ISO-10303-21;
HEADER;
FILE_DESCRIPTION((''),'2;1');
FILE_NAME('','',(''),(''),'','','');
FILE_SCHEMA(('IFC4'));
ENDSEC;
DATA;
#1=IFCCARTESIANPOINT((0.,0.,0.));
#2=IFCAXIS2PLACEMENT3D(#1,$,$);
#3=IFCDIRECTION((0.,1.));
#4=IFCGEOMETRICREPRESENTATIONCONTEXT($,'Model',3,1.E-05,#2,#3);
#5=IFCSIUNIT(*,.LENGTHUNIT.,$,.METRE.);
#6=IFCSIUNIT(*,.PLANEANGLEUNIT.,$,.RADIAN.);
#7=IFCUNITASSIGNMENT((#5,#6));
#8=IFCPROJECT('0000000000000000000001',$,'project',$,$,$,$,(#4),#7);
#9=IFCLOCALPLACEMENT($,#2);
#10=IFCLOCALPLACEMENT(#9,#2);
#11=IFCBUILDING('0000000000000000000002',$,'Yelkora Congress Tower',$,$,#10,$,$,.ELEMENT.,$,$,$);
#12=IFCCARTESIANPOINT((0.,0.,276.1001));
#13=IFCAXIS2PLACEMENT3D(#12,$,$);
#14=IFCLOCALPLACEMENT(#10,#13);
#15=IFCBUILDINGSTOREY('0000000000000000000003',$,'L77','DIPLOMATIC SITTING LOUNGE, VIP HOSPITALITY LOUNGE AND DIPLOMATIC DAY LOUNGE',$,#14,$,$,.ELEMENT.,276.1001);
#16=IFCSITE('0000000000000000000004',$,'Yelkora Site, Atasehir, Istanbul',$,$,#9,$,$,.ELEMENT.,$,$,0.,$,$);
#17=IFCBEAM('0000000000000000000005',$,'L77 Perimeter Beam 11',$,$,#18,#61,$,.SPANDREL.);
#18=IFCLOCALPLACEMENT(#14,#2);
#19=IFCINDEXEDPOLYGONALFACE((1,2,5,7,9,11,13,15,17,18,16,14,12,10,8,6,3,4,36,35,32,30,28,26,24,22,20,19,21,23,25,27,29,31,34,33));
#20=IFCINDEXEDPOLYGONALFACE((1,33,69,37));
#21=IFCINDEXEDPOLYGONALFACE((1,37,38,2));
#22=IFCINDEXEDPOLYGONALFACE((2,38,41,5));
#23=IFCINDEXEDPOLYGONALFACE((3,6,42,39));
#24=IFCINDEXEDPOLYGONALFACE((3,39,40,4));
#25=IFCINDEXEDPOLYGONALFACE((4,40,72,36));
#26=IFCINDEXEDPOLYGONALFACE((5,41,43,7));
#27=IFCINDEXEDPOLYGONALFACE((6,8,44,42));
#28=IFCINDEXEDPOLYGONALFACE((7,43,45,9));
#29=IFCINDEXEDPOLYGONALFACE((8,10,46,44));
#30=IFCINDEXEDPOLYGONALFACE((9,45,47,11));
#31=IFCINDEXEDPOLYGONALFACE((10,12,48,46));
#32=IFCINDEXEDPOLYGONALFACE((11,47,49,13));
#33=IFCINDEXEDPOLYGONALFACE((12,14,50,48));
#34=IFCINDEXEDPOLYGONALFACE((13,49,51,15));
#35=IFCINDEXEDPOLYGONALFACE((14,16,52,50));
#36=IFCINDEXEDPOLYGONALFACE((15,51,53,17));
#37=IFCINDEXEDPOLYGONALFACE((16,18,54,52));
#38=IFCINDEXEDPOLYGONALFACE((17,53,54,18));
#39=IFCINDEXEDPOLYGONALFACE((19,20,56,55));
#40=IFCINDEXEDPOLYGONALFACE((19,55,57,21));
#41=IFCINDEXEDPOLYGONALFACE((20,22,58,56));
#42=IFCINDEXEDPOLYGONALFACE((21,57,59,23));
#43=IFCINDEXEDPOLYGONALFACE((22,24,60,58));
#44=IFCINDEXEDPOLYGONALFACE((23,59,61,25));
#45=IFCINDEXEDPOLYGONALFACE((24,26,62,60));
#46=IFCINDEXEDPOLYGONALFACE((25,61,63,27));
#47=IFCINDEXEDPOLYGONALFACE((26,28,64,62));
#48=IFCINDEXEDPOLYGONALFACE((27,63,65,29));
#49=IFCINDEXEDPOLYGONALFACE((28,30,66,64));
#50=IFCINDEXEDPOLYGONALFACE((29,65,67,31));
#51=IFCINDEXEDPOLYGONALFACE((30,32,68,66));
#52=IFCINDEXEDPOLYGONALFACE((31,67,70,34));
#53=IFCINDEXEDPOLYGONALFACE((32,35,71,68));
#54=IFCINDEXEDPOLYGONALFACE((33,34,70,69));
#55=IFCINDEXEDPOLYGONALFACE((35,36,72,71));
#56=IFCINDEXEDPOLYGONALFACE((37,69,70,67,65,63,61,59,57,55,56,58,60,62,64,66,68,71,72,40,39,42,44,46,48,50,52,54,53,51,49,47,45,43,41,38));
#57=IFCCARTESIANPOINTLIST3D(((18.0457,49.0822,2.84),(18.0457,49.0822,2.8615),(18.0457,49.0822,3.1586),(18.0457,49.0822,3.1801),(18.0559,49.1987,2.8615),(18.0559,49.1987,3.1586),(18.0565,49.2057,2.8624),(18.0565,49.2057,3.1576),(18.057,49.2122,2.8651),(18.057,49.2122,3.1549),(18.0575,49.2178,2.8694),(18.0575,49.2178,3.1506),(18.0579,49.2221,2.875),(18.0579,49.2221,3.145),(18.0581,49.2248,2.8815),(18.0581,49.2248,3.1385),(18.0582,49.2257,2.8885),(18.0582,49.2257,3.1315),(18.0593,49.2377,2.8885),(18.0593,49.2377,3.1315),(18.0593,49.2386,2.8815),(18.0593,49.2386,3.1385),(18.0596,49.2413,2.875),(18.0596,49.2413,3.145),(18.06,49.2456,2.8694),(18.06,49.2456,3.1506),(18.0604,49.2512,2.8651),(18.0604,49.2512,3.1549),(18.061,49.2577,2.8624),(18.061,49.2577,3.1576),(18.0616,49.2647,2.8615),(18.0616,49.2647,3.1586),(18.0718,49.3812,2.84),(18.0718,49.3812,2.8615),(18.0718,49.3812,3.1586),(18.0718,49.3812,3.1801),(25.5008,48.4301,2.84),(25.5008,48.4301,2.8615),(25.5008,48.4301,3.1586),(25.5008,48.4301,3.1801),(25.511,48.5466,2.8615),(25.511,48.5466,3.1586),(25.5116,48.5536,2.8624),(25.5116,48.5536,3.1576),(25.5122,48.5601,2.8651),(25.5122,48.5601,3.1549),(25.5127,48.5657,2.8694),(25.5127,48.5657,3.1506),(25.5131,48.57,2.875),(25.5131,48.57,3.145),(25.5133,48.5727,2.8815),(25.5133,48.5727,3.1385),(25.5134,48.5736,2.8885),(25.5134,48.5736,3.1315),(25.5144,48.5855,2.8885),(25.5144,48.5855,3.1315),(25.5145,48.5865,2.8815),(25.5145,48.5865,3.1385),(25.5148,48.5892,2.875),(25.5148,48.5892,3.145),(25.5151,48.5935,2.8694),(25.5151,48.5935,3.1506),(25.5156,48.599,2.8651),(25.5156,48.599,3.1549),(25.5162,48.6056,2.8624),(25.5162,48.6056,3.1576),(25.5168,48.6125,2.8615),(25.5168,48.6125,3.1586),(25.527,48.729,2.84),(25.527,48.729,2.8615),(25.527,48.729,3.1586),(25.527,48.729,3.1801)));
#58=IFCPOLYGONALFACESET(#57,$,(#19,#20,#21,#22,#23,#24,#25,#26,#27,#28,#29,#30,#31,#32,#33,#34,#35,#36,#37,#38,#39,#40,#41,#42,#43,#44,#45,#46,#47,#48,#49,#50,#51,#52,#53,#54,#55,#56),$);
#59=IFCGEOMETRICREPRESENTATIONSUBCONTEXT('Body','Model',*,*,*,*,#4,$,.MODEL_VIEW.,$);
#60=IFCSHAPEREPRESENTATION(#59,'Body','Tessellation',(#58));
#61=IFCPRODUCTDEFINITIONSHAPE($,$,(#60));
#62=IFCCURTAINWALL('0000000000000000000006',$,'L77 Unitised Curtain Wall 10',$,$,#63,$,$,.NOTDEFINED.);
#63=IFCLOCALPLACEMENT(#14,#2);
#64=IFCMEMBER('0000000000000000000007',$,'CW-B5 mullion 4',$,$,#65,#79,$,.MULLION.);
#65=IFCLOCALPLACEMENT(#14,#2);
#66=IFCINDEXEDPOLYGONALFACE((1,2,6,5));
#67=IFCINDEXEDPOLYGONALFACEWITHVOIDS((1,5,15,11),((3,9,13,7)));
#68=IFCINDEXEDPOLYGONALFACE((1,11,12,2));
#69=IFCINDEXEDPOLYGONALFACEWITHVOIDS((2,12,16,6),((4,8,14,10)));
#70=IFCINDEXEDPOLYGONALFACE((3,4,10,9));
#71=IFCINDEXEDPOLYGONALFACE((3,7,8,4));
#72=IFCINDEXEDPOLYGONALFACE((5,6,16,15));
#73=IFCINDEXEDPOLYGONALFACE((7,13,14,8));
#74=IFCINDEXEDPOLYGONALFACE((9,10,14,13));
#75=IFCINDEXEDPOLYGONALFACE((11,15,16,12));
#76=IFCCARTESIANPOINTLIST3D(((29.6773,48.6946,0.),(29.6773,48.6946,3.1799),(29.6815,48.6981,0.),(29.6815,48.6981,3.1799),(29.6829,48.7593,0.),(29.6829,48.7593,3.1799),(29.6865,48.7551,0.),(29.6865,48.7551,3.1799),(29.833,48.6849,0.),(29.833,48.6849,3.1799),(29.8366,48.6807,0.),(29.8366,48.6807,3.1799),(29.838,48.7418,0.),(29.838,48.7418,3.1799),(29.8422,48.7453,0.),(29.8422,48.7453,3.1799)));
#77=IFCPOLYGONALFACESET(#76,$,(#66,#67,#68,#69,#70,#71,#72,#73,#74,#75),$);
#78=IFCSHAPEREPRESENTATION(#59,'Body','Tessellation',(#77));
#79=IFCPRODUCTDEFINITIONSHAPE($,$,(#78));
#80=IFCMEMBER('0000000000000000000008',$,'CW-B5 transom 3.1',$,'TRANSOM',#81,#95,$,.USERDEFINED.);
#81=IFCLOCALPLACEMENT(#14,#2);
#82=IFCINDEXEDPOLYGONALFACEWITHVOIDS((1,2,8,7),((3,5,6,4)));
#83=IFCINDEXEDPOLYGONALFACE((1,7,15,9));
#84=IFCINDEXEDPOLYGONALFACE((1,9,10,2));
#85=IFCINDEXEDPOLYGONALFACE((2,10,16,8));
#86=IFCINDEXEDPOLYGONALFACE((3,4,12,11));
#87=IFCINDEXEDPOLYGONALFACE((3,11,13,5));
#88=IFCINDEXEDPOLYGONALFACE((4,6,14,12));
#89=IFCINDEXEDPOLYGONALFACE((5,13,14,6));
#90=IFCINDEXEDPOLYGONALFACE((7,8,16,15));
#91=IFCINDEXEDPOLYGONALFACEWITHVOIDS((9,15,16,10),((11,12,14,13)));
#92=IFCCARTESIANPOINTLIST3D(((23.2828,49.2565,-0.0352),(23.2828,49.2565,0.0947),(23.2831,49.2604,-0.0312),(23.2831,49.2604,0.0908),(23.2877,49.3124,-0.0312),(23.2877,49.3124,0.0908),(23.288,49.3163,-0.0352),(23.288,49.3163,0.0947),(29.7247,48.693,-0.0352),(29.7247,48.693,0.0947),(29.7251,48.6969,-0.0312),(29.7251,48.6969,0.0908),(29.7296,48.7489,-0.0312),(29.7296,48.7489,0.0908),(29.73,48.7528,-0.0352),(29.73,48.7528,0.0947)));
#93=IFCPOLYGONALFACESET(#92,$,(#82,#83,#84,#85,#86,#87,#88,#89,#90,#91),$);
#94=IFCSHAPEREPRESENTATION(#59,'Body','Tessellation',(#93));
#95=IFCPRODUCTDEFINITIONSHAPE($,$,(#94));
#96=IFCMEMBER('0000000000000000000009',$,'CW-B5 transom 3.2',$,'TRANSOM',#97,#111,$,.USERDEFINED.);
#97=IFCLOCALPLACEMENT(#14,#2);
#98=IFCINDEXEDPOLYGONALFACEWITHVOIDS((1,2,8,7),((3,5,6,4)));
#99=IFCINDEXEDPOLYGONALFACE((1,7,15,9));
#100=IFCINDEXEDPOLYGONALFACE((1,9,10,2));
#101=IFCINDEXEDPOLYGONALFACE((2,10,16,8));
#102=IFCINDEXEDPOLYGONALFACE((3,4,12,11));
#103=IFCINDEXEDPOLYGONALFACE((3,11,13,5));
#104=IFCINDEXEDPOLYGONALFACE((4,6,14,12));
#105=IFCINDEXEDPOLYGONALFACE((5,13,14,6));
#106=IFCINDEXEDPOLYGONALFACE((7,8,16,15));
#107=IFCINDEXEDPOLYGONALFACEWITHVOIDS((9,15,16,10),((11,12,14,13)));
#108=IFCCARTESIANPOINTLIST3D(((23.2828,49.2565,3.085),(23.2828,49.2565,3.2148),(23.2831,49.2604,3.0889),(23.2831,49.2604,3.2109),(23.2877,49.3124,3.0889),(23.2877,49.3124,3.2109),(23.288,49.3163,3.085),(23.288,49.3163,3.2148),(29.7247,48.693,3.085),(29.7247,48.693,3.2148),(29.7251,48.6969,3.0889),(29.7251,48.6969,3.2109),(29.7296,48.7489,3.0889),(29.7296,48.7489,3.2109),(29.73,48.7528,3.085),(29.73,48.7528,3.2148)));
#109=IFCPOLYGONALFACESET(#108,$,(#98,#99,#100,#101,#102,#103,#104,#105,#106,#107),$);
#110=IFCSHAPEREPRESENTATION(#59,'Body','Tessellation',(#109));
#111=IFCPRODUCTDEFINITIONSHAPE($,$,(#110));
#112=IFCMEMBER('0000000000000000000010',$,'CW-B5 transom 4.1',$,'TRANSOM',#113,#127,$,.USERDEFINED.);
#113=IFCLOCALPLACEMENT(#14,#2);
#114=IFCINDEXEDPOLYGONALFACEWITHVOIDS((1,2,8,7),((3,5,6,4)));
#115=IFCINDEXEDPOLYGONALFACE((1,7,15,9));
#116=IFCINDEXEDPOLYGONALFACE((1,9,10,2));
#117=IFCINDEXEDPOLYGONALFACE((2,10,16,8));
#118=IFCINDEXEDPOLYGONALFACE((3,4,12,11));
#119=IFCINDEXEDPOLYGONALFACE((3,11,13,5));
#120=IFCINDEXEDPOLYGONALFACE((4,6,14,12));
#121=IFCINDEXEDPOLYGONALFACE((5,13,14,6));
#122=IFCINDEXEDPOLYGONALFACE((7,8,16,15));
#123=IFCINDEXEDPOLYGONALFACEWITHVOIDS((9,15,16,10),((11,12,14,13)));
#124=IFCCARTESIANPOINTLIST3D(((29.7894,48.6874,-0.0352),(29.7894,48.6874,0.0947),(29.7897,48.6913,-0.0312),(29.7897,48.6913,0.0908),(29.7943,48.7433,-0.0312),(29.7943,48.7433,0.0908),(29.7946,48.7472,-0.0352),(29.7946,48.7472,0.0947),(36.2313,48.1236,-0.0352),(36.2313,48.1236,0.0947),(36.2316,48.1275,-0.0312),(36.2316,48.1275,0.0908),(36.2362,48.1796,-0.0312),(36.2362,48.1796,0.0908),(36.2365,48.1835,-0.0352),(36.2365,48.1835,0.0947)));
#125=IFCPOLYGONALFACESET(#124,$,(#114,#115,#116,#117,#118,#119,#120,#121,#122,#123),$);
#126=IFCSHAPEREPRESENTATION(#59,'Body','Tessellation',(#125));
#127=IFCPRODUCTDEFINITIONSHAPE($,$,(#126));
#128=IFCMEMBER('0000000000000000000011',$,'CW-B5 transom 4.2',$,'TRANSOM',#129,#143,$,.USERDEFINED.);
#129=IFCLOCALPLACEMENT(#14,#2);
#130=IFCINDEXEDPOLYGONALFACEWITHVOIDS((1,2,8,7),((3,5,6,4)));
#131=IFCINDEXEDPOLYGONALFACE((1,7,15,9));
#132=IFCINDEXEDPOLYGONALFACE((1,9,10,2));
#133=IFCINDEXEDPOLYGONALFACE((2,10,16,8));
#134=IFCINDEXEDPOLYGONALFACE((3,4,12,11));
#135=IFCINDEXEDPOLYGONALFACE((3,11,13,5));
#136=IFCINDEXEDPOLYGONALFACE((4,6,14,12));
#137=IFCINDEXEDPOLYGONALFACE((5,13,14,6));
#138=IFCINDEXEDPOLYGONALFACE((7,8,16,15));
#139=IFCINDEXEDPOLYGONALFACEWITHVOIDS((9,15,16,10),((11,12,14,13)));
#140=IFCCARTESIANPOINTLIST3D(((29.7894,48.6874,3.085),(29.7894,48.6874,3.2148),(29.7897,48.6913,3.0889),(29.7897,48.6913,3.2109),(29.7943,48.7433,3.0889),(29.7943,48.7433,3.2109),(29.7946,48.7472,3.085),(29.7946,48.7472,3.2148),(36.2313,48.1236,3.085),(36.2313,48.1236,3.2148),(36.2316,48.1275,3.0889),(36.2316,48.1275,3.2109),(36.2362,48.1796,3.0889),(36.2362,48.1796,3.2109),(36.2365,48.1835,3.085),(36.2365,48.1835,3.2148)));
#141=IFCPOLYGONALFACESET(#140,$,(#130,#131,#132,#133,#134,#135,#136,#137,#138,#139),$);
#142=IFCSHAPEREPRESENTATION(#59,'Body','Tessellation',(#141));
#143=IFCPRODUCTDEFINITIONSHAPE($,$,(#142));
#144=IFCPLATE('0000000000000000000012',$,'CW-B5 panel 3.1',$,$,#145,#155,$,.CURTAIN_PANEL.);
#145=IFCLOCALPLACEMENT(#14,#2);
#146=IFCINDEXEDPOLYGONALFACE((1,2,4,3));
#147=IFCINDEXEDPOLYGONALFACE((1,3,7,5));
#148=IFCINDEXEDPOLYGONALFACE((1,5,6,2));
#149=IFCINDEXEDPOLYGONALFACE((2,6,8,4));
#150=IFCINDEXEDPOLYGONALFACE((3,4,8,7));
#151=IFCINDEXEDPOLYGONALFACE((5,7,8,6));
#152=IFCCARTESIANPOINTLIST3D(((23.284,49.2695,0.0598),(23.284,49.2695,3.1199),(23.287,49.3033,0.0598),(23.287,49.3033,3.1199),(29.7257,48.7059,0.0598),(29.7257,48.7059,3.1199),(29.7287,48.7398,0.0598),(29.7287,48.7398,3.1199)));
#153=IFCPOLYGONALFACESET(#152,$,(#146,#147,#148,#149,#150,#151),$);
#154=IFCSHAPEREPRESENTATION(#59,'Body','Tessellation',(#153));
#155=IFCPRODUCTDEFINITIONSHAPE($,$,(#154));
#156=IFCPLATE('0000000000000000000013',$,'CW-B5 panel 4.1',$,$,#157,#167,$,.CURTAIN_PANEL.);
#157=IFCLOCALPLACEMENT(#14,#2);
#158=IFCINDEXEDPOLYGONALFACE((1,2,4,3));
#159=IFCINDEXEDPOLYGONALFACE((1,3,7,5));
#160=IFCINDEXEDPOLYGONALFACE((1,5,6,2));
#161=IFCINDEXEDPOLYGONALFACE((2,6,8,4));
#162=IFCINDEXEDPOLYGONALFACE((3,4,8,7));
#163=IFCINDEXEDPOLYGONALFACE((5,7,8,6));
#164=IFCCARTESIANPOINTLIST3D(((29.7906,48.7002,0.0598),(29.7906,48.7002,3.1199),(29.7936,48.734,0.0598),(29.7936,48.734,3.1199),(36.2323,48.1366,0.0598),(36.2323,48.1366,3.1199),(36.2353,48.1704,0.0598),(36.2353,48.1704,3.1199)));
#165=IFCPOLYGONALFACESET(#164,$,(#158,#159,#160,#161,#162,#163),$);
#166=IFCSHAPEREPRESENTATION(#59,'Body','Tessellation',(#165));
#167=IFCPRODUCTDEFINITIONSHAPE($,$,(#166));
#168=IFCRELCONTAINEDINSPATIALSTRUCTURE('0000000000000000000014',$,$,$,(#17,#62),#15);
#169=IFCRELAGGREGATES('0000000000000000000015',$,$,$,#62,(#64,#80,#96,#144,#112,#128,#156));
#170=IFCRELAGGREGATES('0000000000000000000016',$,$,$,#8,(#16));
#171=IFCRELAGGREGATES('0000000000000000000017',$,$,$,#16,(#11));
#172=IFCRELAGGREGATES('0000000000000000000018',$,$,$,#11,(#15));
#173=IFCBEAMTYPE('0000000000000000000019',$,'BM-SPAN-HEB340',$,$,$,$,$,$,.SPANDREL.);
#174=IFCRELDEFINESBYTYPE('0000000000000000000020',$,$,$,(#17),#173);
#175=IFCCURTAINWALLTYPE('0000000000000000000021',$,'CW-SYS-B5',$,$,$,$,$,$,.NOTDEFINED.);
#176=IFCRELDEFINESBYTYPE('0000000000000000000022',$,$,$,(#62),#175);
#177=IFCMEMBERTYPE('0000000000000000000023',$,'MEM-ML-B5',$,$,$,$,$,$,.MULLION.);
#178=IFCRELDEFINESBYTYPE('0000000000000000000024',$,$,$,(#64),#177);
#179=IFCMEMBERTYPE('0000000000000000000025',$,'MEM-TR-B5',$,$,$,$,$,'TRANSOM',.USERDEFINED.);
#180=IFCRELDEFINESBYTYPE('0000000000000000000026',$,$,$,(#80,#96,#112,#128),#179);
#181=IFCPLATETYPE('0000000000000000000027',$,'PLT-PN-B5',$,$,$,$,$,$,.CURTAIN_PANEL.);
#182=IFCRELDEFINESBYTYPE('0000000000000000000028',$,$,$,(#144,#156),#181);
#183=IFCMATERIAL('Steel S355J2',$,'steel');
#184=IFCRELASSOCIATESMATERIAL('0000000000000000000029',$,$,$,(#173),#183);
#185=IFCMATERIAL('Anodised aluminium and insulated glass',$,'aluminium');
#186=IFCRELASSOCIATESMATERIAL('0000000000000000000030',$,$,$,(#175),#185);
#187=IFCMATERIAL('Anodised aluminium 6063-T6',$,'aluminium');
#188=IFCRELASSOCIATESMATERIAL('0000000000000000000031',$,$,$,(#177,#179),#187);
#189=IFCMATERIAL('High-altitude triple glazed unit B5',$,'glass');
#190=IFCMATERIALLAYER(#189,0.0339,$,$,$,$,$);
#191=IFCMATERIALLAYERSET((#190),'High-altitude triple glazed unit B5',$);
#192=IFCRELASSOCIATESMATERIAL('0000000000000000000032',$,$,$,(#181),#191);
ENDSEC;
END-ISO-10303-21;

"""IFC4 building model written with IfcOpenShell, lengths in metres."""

from ifc_helpers import new_model, si_unit, direction, frame, origin, origin_2d, place, context, subcontext, project, spatial, rectangle, hollow_rectangle, i_section, extrude, material, layer, layer_set, material_profile, profile_set, type_object, element, aggregate, save


model = new_model("IFC4")

# Units and contexts
model_context = context("Model", 3, precision=1e-05, world=origin(), true_north=direction((0.0, 1.0)))
body_context = subcontext(model_context, "Body", "Model", "MODEL_VIEW")
ifc_project = project(units=[si_unit("LENGTHUNIT", "METRE"), si_unit("PLANEANGLEUNIT", "RADIAN")], contexts=[model_context])

# Site, building, storey
site_placement = place(None, origin())
site = spatial("IfcSite", under=ifc_project, at=site_placement, Name="Yelkora Site, Atasehir, Istanbul", CompositionType="ELEMENT", RefElevation=0.0)
building_placement = place(site_placement, origin())
building = spatial("IfcBuilding", under=site, at=building_placement, Name="Yelkora Congress Tower", CompositionType="ELEMENT")
storey_placement = place(building_placement, frame((0.0, 0.0, 276.1001)))
storey = spatial("IfcBuildingStorey", under=building, at=storey_placement, Name="L77", Description="DIPLOMATIC SITTING LOUNGE, VIP HOSPITALITY LOUNGE AND DIPLOMATIC DAY LOUNGE", CompositionType="ELEMENT", Elevation=276.1001)

# Shared definitions
ifc_material_1 = material(Name="Steel S355J2", Category="steel")

# Beam
ifc_material_profile_1 = material_profile(ifc_material_1, i_section(OverallWidth=0.3, OverallDepth=0.3401, WebThickness=0.012, FlangeThickness=0.0215, FilletRadius=0.0271, at=origin_2d()), Name="HEB 340")
ifc_profile_set_1 = profile_set([ifc_material_profile_1], Name="Steel S355J2")
beam_type_1 = type_object("IfcBeamType", Name="BM-SPAN-HEB340", PredefinedType="SPANDREL", material=ifc_profile_set_1)
beam_1_placement = place(storey_placement, frame((25.5139, 48.5796, 3.01), z_axis=(-0.996196, 0.087138, 0.0), x_axis=(-0.087138, -0.996196, 0.0)))
element("IfcBeam", 1, at=beam_1_placement, inside=storey, type_object=beam_type_1, Name="L77 Perimeter Beam 11", PredefinedType="SPANDREL", context=body_context, shape_type="SweptSolid", body=[
    extrude(i_section(OverallWidth=0.3, OverallDepth=0.3401, WebThickness=0.012, FlangeThickness=0.0215, FilletRadius=0.0271, at=origin_2d()), origin(), (0.0, 0.0, 1.0), 7.4836),
])

# Curtain wall, members, plates
ifc_material_2 = material(Name="Anodised aluminium and insulated glass", Category="aluminium")
curtain_wall_type = type_object("IfcCurtainWallType", Name="CW-SYS-B5", PredefinedType="NOTDEFINED", material=ifc_material_2)
curtain_wall_placement = place(storey_placement, origin())
curtain_wall = element("IfcCurtainWall", 2, at=curtain_wall_placement, inside=storey, type_object=curtain_wall_type, Name="L77 Unitised Curtain Wall 10", PredefinedType="NOTDEFINED")
ifc_material_3 = material(Name="Anodised aluminium 6063-T6", Category="aluminium")
ifc_material_profile_2 = material_profile(ifc_material_3, hollow_rectangle(XDim=0.0649, YDim=0.1599, WallThickness=0.0039, at=origin_2d()), Name="ALU 65x160x4")
ifc_profile_set_2 = profile_set([ifc_material_profile_2], Name="Anodised aluminium 6063-T6")
member_type_1 = type_object("IfcMemberType", Name="MEM-ML-B5", PredefinedType="MULLION", material=ifc_profile_set_2)
member_1_placement = place(storey_placement, frame((29.7598, 48.72, 0.0), z_axis=(0.0, 0.0, 1.0), x_axis=(0.087157, 0.996195, 0.0)))
member_1 = element("IfcMember", 3, at=member_1_placement, type_object=member_type_1, Name="CW-B5 mullion 4", PredefinedType="MULLION", context=body_context, shape_type="SweptSolid", body=[
    extrude(hollow_rectangle(XDim=0.0649, YDim=0.1599, WallThickness=0.0039, at=origin_2d()), origin(), (0.0, 0.0, 1.0), 3.1799),
])
ifc_material_profile_3 = material_profile(ifc_material_3, hollow_rectangle(XDim=0.0601, YDim=0.1299, WallThickness=0.0039, at=origin_2d()), Name="ALU 60x130x4")
ifc_profile_set_3 = profile_set([ifc_material_profile_3], Name="Anodised aluminium 6063-T6")
member_type_2 = type_object("IfcMemberType", Name="MEM-TR-B5", ElementType="TRANSOM", PredefinedType="USERDEFINED", material=ifc_profile_set_3)
member_2_placement = place(storey_placement, frame((23.2854, 49.2864, 0.0298), z_axis=(0.996196, -0.087138, 0.0), x_axis=(0.087138, 0.996196, 0.0)))
member_2 = element("IfcMember", 4, at=member_2_placement, type_object=member_type_2, Name="CW-B5 transom 3.1", ObjectType="TRANSOM", PredefinedType="USERDEFINED", context=body_context, shape_type="SweptSolid", body=[
    extrude(hollow_rectangle(XDim=0.0601, YDim=0.1299, WallThickness=0.0039, at=origin_2d()), origin(), (0.0, 0.0, 1.0), 6.4666),
])
member_3_placement = place(storey_placement, frame((23.2854, 49.2864, 3.1499), z_axis=(0.996196, -0.087138, 0.0), x_axis=(0.087138, 0.996196, 0.0)))
member_3 = element("IfcMember", 5, at=member_3_placement, type_object=member_type_2, Name="CW-B5 transom 3.2", ObjectType="TRANSOM", PredefinedType="USERDEFINED", context=body_context, shape_type="SweptSolid", body=[
    extrude(hollow_rectangle(XDim=0.0601, YDim=0.1299, WallThickness=0.0039, at=origin_2d()), origin(), (0.0, 0.0, 1.0), 6.4666),
])
member_4_placement = place(storey_placement, frame((29.792, 48.7173, 0.0298), z_axis=(0.996193, -0.087175, 0.0), x_axis=(0.087175, 0.996193, 0.0)))
member_4 = element("IfcMember", 6, at=member_4_placement, type_object=member_type_2, Name="CW-B5 transom 4.1", ObjectType="TRANSOM", PredefinedType="USERDEFINED", context=body_context, shape_type="SweptSolid", body=[
    extrude(hollow_rectangle(XDim=0.0601, YDim=0.1299, WallThickness=0.0039, at=origin_2d()), origin(), (0.0, 0.0, 1.0), 6.4666),
])
member_5_placement = place(storey_placement, frame((29.792, 48.7173, 3.1499), z_axis=(0.996193, -0.087175, 0.0), x_axis=(0.087175, 0.996193, 0.0)))
member_5 = element("IfcMember", 7, at=member_5_placement, type_object=member_type_2, Name="CW-B5 transom 4.2", ObjectType="TRANSOM", PredefinedType="USERDEFINED", context=body_context, shape_type="SweptSolid", body=[
    extrude(hollow_rectangle(XDim=0.0601, YDim=0.1299, WallThickness=0.0039, at=origin_2d()), origin(), (0.0, 0.0, 1.0), 6.4666),
])
ifc_material_4 = material(Name="High-altitude triple glazed unit B5", Category="glass")
ifc_layer_1 = layer(ifc_material_4, 0.0339)
ifc_layer_set_1 = layer_set([ifc_layer_1], Name="High-altitude triple glazed unit B5")
plate_type = type_object("IfcPlateType", Name="PLT-PN-B5", PredefinedType="CURTAIN_PANEL", material=ifc_layer_set_1)
plate_1_placement = place(storey_placement, frame((26.5063, 49.0046, 0.0598), z_axis=(0.0, 0.0, 1.0), x_axis=(0.996195, -0.087157, 0.0)))
plate_1 = element("IfcPlate", 8, at=plate_1_placement, type_object=plate_type, Name="CW-B5 panel 3.1", PredefinedType="CURTAIN_PANEL", context=body_context, shape_type="SweptSolid", body=[
    extrude(rectangle(XDim=6.4663, YDim=0.0339, at=origin_2d()), origin(), (0.0, 0.0, 1.0), 3.0601),
])
plate_2_placement = place(storey_placement, frame((33.0129, 48.4353, 0.0598), z_axis=(0.0, 0.0, 1.0), x_axis=(0.996195, -0.087157, 0.0)))
plate_2 = element("IfcPlate", 9, at=plate_2_placement, type_object=plate_type, Name="CW-B5 panel 4.1", PredefinedType="CURTAIN_PANEL", context=body_context, shape_type="SweptSolid", body=[
    extrude(rectangle(XDim=6.4663, YDim=0.0339, at=origin_2d()), origin(), (0.0, 0.0, 1.0), 3.0601),
])
aggregate(curtain_wall, [member_1, member_2, member_3, plate_1, member_4, member_5, plate_2])

save(model, "model.ifc")
